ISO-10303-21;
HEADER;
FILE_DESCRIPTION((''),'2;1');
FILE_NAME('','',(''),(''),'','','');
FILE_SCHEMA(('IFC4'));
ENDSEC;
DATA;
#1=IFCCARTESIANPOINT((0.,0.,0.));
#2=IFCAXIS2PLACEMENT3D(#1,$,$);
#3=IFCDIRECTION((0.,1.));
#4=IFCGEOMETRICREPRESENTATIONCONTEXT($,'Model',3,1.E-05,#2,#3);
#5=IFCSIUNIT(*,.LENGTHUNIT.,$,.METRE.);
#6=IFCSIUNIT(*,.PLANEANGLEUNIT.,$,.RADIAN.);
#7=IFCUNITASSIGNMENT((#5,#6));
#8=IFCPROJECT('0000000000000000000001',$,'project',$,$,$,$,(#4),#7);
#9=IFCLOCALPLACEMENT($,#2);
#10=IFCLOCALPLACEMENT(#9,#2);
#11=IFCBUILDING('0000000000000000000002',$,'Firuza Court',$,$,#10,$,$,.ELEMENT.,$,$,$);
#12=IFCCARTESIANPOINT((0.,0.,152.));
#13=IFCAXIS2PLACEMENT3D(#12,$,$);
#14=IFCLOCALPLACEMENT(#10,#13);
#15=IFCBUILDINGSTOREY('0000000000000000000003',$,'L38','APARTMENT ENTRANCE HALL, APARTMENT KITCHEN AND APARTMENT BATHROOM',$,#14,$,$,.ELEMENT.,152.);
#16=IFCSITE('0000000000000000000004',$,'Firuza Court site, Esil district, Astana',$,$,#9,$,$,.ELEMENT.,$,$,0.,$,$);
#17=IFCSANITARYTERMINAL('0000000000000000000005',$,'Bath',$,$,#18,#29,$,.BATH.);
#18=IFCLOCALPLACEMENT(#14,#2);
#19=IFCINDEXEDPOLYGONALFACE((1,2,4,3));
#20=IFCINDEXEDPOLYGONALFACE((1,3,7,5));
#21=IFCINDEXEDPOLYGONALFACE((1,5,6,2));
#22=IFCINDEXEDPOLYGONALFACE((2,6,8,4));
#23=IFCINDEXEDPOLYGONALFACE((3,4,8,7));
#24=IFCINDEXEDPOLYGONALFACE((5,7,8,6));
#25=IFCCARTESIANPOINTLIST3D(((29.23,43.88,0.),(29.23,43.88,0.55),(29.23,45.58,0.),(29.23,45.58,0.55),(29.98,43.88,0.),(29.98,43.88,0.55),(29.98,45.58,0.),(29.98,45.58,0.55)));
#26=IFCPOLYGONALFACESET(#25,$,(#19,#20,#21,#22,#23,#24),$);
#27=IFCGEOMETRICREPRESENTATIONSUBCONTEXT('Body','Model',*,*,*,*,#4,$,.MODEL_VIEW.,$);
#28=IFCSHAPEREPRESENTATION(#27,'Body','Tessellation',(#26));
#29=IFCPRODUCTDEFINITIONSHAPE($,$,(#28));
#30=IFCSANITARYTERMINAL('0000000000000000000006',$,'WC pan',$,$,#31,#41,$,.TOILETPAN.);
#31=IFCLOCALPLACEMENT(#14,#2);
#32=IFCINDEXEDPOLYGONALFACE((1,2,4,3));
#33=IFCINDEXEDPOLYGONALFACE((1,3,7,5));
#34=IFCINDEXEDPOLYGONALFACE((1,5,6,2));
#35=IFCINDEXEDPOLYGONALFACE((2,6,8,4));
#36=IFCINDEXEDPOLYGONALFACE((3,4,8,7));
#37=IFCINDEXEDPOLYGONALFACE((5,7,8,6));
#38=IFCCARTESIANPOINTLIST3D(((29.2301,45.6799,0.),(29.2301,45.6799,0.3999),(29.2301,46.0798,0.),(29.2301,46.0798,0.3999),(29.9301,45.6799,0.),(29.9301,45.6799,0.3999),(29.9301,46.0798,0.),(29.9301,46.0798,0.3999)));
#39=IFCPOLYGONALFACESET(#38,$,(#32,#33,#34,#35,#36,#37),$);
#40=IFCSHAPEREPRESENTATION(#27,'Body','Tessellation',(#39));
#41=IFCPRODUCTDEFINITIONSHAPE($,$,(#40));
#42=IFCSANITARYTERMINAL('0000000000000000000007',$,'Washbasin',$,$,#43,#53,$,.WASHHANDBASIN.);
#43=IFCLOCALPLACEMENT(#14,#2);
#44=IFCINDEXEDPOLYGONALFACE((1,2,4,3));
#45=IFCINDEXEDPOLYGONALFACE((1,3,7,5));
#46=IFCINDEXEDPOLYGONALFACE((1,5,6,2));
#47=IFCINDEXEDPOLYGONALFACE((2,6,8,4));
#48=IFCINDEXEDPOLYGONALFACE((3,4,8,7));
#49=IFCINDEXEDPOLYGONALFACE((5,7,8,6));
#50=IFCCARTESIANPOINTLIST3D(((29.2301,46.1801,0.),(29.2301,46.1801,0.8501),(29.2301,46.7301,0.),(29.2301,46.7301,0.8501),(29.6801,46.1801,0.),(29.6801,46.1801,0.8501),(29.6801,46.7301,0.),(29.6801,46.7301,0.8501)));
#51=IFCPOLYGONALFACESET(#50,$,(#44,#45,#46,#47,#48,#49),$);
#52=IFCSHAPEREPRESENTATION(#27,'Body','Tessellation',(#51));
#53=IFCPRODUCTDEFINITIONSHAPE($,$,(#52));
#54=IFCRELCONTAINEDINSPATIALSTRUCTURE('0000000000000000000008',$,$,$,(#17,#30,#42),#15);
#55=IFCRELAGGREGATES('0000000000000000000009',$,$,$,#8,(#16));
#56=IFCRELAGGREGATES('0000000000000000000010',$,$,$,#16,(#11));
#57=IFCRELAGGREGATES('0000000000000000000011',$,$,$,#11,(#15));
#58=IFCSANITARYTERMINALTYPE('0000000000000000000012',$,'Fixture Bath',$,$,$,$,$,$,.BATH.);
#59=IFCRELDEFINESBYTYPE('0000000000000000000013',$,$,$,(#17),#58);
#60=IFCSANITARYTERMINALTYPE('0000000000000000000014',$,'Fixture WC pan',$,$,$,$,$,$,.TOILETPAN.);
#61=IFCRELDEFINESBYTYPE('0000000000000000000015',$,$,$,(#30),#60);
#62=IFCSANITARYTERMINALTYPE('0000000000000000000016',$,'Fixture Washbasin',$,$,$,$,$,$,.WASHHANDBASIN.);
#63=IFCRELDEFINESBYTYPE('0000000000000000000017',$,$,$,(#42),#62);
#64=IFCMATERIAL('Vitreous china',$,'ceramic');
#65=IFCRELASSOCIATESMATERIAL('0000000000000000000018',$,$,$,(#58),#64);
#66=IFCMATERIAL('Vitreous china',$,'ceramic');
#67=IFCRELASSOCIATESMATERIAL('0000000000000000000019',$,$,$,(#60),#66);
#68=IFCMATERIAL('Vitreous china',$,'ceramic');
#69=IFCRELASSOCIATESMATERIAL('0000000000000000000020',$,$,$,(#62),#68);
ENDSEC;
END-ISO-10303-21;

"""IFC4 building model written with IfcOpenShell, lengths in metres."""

from ifc_helpers import new_model, si_unit, direction, frame, origin, origin_2d, place, context, subcontext, project, spatial, rectangle, extrude, material, type_object, element, save


model = new_model("IFC4")

# Units and contexts
model_context = context("Model", 3, precision=1e-05, world=origin(), true_north=direction((0.0, 1.0)))
body_context = subcontext(model_context, "Body", "Model", "MODEL_VIEW")
ifc_project = project(units=[si_unit("LENGTHUNIT", "METRE"), si_unit("PLANEANGLEUNIT", "RADIAN")], contexts=[model_context])

# Site, building, storey
site_placement = place(None, origin())
site = spatial("IfcSite", under=ifc_project, at=site_placement, Name="Firuza Court site, Esil district, Astana", CompositionType="ELEMENT", RefElevation=0.0)
building_placement = place(site_placement, origin())
building = spatial("IfcBuilding", under=site, at=building_placement, Name="Firuza Court", CompositionType="ELEMENT")
storey_placement = place(building_placement, frame((0.0, 0.0, 152.0)))
storey = spatial("IfcBuildingStorey", under=building, at=storey_placement, Name="L38", Description="APARTMENT ENTRANCE HALL, APARTMENT KITCHEN AND APARTMENT BATHROOM", CompositionType="ELEMENT", Elevation=152.0)

# Sanitary terminals
ifc_material_1 = material(Name="Vitreous china", Category="ceramic")
sanitary_terminal_type_1 = type_object("IfcSanitaryTerminalType", Name="Fixture Bath", PredefinedType="BATH", material=ifc_material_1)
sanitary_terminal_1_placement = place(storey_placement, frame((29.605, 44.73, 0.0), z_axis=(0.0, 0.0, 1.0), x_axis=(1.0, 0.0, 0.0)))
element("IfcSanitaryTerminal", 1, at=sanitary_terminal_1_placement, inside=storey, type_object=sanitary_terminal_type_1, Name="Bath", PredefinedType="BATH", context=body_context, shape_type="SweptSolid", body=[
    extrude(rectangle(XDim=0.75, YDim=1.7, at=origin_2d()), origin(), (0.0, 0.0, 1.0), 0.55),
])
ifc_material_2 = material(Name="Vitreous china", Category="ceramic")
sanitary_terminal_type_2 = type_object("IfcSanitaryTerminalType", Name="Fixture WC pan", PredefinedType="TOILETPAN", material=ifc_material_2)
sanitary_terminal_2_placement = place(storey_placement, frame((29.5801, 45.8799, 0.0), z_axis=(0.0, 0.0, 1.0), x_axis=(1.0, 0.0, 0.0)))
element("IfcSanitaryTerminal", 2, at=sanitary_terminal_2_placement, inside=storey, type_object=sanitary_terminal_type_2, Name="WC pan", PredefinedType="TOILETPAN", context=body_context, shape_type="SweptSolid", body=[
    extrude(rectangle(XDim=0.7, YDim=0.3999, at=origin_2d()), origin(), (0.0, 0.0, 1.0), 0.3999),
])
ifc_material_3 = material(Name="Vitreous china", Category="ceramic")
sanitary_terminal_type_3 = type_object("IfcSanitaryTerminalType", Name="Fixture Washbasin", PredefinedType="WASHHANDBASIN", material=ifc_material_3)
sanitary_terminal_3_placement = place(storey_placement, frame((29.4551, 46.4551, 0.0), z_axis=(0.0, 0.0, 1.0), x_axis=(1.0, 0.0, 0.0)))
element("IfcSanitaryTerminal", 3, at=sanitary_terminal_3_placement, inside=storey, type_object=sanitary_terminal_type_3, Name="Washbasin", PredefinedType="WASHHANDBASIN", context=body_context, shape_type="SweptSolid", body=[
    extrude(rectangle(XDim=0.45, YDim=0.55, at=origin_2d()), origin(), (0.0, 0.0, 1.0), 0.8501),
])

save(model, "model.ifc")
